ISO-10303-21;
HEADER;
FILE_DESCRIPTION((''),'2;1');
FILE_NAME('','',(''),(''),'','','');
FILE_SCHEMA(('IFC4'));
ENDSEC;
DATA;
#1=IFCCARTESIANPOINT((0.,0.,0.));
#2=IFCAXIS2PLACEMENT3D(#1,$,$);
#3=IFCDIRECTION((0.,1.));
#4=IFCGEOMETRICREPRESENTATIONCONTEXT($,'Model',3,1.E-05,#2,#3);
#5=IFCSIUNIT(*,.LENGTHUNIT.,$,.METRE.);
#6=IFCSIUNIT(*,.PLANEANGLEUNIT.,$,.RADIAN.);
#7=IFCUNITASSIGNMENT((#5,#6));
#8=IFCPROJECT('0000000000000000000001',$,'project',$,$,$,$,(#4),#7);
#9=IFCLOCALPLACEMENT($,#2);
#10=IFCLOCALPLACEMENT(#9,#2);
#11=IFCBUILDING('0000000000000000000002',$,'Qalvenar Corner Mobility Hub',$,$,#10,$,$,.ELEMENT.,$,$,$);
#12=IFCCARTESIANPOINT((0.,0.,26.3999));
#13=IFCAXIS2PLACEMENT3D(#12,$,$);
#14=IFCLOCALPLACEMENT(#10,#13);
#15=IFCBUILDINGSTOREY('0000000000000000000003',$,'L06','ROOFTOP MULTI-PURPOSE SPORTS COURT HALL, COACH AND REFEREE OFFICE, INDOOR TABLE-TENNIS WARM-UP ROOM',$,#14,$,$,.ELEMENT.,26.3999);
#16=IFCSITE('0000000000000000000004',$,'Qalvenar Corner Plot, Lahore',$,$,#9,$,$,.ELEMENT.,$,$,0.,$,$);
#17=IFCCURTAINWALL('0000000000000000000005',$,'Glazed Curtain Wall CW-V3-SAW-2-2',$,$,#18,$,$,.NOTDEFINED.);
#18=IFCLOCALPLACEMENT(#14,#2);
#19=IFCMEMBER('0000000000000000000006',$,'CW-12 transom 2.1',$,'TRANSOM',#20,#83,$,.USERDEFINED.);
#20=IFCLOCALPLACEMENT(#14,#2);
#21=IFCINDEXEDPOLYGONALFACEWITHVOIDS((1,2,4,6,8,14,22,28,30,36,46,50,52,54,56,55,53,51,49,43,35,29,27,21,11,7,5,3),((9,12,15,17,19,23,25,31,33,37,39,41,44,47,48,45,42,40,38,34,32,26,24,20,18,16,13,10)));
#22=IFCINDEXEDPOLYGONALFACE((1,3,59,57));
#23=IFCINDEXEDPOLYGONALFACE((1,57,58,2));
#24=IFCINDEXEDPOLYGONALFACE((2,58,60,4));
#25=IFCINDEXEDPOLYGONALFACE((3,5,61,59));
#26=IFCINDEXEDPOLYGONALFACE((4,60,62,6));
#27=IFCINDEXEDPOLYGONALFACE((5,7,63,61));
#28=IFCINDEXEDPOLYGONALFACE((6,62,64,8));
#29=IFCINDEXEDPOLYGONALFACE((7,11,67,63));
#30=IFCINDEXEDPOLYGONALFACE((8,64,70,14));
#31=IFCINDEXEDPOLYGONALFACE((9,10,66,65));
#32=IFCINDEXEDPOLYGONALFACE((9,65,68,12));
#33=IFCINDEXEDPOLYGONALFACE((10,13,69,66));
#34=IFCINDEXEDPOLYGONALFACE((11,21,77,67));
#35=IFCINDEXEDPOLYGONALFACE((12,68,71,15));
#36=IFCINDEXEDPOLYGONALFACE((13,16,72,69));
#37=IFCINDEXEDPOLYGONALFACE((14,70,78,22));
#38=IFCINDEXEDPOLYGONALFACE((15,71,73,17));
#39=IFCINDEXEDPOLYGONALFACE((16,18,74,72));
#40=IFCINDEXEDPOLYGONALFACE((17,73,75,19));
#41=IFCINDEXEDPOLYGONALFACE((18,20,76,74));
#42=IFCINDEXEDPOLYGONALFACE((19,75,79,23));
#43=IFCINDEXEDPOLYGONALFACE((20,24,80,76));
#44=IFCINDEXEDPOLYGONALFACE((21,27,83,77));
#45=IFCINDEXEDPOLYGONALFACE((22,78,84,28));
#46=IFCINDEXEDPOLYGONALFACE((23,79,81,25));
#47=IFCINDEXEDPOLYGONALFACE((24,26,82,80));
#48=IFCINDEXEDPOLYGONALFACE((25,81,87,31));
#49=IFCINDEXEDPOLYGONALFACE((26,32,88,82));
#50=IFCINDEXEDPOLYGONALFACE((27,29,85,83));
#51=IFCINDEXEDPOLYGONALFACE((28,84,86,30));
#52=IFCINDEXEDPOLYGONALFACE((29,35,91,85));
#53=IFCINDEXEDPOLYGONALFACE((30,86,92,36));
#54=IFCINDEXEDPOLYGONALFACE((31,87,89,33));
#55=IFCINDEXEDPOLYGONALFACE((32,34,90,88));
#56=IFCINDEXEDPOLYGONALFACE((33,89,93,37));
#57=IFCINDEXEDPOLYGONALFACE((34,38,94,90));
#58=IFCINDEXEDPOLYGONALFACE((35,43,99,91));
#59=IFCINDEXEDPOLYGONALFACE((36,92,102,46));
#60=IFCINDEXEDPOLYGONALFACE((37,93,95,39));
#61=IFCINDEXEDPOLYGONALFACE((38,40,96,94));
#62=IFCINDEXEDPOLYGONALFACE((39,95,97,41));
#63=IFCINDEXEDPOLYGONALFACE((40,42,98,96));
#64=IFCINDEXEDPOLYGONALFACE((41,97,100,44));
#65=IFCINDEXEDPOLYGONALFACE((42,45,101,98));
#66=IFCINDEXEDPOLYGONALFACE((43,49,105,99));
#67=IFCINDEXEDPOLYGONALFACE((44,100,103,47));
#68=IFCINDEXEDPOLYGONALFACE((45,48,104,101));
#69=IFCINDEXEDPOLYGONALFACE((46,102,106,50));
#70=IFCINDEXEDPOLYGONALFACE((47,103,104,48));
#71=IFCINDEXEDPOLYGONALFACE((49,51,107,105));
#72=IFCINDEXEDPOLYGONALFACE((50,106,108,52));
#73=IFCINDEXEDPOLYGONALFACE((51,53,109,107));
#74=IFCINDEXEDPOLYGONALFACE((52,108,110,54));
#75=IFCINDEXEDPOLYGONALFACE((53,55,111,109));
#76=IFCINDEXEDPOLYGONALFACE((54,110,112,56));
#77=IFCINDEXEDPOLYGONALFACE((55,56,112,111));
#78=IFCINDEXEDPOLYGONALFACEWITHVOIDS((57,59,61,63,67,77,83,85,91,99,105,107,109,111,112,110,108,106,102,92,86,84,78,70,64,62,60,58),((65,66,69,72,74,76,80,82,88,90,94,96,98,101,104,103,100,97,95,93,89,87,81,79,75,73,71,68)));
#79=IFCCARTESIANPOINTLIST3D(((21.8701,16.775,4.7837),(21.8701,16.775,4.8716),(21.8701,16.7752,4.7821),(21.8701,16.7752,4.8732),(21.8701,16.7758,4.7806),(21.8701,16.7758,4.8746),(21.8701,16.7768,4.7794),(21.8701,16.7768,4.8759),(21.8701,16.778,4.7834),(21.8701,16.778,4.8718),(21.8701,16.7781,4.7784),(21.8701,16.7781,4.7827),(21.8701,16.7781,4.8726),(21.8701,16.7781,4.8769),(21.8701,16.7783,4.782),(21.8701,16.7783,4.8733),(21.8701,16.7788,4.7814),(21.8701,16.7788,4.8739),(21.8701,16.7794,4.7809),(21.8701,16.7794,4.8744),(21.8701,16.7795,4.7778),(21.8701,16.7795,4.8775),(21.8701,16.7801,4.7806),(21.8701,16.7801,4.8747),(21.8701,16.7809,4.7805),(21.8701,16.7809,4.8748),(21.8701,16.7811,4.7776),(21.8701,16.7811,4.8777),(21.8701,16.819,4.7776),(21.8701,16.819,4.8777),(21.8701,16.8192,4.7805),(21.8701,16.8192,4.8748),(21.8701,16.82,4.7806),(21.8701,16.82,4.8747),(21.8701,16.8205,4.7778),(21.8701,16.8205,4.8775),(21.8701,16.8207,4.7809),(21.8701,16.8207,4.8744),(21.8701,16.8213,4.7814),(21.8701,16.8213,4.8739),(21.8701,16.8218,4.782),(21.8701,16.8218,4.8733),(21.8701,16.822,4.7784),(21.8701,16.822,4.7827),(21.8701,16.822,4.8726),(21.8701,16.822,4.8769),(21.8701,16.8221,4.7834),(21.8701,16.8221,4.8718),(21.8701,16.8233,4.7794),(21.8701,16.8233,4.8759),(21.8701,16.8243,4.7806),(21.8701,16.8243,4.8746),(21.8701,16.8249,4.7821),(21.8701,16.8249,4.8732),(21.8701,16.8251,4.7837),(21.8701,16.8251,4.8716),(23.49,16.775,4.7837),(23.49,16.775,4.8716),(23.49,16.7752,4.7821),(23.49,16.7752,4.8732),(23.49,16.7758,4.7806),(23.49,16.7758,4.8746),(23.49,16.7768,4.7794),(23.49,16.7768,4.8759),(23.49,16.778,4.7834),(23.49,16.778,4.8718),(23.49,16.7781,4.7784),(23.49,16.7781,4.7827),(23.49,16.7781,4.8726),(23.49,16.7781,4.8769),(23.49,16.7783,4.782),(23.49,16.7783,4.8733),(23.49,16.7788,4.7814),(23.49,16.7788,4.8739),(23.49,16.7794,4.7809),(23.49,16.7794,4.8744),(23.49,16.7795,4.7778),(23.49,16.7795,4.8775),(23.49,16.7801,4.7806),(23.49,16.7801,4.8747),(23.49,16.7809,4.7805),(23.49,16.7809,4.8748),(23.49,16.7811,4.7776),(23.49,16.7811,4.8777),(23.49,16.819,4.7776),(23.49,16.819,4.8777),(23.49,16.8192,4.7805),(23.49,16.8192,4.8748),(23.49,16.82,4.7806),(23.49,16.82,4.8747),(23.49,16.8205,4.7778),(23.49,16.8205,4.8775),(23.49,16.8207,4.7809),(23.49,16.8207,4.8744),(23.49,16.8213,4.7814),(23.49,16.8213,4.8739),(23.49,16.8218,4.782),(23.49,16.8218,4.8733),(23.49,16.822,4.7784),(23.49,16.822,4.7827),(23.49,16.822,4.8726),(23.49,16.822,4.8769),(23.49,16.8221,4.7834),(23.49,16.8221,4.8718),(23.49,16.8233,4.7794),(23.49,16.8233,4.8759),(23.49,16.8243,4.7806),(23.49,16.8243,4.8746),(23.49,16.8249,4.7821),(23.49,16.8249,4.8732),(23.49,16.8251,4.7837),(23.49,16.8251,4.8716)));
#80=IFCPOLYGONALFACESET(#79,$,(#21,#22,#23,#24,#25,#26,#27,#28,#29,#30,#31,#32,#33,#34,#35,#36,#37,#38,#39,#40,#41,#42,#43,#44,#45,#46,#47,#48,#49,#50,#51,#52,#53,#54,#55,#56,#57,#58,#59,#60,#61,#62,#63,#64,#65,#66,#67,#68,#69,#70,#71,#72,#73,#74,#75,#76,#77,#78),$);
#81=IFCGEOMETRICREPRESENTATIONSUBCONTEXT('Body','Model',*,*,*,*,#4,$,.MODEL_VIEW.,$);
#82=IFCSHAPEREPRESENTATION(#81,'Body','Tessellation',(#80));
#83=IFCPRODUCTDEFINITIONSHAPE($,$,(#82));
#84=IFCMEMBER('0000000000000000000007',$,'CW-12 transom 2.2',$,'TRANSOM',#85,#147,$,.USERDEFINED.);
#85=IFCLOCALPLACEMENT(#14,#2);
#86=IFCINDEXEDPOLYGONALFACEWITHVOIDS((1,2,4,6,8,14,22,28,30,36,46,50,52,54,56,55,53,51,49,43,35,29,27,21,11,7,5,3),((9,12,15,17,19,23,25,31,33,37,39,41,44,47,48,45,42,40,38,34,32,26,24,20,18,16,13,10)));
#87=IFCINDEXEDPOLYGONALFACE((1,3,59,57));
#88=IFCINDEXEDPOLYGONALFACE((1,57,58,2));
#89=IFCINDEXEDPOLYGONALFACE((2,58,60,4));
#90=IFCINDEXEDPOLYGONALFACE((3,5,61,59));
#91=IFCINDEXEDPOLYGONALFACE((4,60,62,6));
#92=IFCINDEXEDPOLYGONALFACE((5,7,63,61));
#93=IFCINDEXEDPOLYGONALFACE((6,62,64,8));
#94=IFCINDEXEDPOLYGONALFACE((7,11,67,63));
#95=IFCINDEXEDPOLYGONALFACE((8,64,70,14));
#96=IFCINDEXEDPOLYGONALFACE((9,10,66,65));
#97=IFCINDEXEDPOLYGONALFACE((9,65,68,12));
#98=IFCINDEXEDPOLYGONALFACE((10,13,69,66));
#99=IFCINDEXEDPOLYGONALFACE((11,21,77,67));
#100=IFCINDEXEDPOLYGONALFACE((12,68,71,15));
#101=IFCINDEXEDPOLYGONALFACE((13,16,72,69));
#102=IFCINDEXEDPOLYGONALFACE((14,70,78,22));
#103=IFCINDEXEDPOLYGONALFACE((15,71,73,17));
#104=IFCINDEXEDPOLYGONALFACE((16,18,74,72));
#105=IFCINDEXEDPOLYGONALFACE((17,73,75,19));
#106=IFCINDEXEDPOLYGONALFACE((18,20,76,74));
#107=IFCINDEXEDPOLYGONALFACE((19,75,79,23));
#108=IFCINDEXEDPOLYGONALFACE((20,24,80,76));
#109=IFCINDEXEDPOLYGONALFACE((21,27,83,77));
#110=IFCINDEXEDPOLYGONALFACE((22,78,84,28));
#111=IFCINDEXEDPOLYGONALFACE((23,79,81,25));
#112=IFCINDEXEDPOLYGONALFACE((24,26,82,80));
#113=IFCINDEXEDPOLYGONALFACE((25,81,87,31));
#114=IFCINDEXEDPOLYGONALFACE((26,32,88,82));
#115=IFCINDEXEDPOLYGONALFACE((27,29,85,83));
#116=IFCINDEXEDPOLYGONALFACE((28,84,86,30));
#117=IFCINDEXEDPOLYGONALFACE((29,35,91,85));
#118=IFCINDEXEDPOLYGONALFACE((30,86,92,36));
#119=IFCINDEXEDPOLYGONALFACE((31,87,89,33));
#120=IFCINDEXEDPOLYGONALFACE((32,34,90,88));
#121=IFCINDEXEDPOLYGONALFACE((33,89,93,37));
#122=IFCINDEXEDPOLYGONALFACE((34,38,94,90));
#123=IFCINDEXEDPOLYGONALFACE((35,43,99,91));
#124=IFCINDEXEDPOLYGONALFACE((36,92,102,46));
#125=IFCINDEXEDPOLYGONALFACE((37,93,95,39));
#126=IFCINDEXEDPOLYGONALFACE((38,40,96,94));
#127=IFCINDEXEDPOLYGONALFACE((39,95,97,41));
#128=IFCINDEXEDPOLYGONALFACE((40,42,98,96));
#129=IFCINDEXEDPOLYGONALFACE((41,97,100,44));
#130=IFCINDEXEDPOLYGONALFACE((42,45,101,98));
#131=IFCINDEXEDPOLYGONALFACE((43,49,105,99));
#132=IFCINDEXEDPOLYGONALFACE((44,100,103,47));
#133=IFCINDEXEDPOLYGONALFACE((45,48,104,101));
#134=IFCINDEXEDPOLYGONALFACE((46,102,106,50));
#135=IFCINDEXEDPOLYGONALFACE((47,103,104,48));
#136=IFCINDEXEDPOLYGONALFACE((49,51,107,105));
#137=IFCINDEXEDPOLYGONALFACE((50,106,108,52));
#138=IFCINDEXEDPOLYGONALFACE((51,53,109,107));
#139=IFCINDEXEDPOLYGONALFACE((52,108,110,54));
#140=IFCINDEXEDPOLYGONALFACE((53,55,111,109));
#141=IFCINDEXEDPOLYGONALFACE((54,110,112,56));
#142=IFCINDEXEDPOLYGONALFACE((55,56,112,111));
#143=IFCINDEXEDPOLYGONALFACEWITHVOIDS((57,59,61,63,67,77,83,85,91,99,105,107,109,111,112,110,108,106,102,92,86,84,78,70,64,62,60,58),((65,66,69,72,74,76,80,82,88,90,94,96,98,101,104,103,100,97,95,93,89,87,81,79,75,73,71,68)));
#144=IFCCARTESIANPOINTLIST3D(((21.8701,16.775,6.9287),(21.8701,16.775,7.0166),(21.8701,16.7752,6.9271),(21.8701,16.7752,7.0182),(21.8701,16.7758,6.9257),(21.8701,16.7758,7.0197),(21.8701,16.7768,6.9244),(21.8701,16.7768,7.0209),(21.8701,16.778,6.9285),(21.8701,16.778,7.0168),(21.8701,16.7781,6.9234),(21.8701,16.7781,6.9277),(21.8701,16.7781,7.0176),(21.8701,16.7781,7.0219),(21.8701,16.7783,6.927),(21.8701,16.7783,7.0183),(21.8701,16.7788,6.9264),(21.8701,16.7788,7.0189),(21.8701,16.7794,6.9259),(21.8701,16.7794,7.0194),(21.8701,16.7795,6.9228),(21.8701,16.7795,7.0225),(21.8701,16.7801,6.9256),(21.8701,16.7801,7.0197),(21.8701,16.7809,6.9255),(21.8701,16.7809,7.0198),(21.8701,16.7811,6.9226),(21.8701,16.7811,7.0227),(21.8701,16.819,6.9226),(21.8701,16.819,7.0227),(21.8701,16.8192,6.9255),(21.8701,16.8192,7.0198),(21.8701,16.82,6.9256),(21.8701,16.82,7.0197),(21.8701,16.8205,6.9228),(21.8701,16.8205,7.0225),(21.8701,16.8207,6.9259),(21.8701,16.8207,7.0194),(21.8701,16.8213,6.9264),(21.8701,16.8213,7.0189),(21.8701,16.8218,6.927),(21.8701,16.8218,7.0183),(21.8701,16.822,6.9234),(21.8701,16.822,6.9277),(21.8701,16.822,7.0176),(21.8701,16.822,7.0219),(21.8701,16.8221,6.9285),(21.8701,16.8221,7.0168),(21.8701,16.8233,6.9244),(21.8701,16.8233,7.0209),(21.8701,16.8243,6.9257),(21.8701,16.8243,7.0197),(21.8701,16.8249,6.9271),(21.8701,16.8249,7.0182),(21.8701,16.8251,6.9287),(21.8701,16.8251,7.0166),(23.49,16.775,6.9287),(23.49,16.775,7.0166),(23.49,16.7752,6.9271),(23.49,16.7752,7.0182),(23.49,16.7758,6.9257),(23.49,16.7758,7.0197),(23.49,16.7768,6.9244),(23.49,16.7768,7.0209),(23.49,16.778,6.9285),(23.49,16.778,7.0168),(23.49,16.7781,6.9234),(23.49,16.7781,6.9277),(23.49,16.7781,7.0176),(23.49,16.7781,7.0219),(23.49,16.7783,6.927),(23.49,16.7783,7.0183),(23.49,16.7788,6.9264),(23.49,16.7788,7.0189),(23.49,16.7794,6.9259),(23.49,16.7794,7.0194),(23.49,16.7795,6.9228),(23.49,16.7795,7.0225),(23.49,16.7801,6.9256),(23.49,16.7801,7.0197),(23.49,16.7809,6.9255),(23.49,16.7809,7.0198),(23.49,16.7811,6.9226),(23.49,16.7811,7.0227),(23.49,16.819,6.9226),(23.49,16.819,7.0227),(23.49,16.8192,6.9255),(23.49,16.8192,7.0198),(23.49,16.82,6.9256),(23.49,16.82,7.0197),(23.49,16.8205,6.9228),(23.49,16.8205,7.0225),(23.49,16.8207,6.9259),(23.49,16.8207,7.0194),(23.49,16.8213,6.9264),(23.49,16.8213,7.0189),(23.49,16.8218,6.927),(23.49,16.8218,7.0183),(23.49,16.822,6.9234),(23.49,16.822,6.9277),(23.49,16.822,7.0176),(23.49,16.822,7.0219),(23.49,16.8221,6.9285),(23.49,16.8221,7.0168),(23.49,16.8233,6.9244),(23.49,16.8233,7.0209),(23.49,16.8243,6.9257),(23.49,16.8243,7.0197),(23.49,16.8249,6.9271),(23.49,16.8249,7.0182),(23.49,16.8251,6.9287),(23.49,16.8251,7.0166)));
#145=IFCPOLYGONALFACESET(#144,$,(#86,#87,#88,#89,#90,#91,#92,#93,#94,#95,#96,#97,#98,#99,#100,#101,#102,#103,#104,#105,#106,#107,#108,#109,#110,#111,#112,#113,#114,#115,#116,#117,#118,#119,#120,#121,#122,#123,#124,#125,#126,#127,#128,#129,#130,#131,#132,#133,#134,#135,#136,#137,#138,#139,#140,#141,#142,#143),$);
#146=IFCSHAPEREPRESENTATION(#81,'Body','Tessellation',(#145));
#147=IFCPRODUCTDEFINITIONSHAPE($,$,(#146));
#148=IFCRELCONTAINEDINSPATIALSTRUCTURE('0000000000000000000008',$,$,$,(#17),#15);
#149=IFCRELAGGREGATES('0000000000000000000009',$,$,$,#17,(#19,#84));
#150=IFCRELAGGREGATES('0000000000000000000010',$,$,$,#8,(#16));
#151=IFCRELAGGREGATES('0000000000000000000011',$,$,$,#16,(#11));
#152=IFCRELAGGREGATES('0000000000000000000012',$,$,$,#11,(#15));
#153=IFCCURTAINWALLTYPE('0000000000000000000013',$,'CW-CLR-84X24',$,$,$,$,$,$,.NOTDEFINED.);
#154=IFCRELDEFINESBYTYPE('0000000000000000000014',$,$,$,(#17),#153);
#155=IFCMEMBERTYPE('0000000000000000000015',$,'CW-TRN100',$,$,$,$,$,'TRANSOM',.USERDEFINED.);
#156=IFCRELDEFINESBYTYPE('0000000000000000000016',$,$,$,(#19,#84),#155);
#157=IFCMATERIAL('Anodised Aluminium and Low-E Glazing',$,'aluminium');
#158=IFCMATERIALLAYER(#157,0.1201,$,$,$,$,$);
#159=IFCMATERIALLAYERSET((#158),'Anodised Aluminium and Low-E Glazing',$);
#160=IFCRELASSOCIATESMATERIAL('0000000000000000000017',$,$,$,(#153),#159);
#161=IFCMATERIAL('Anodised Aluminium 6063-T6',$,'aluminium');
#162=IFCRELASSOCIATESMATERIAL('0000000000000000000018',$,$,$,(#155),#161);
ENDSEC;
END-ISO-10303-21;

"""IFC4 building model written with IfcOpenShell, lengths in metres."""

from ifc_helpers import new_model, si_unit, direction, frame, origin, origin_2d, place, context, subcontext, project, spatial, hollow_rectangle, extrude, material, layer, layer_set, material_profile, profile_set, type_object, element, aggregate, save


model = new_model("IFC4")

# Units and contexts
model_context = context("Model", 3, precision=1e-05, world=origin(), true_north=direction((0.0, 1.0)))
body_context = subcontext(model_context, "Body", "Model", "MODEL_VIEW")
ifc_project = project(units=[si_unit("LENGTHUNIT", "METRE"), si_unit("PLANEANGLEUNIT", "RADIAN")], contexts=[model_context])

# Site, building, storey
site_placement = place(None, origin())
site = spatial("IfcSite", under=ifc_project, at=site_placement, Name="Qalvenar Corner Plot, Lahore", CompositionType="ELEMENT", RefElevation=0.0)
building_placement = place(site_placement, origin())
building = spatial("IfcBuilding", under=site, at=building_placement, Name="Qalvenar Corner Mobility Hub", CompositionType="ELEMENT")
storey_placement = place(building_placement, frame((0.0, 0.0, 26.3999)))
storey = spatial("IfcBuildingStorey", under=building, at=storey_placement, Name="L06", Description="ROOFTOP MULTI-PURPOSE SPORTS COURT HALL, COACH AND REFEREE OFFICE, INDOOR TABLE-TENNIS WARM-UP ROOM", CompositionType="ELEMENT", Elevation=26.3999)

# Curtain wall
ifc_material_1 = material(Name="Anodised Aluminium and Low-E Glazing", Category="aluminium")
ifc_layer_1 = layer(ifc_material_1, 0.1201)
ifc_layer_set_1 = layer_set([ifc_layer_1], Name="Anodised Aluminium and Low-E Glazing")
curtain_wall_type = type_object("IfcCurtainWallType", Name="CW-CLR-84X24", PredefinedType="NOTDEFINED", material=ifc_layer_set_1)
curtain_wall_1_placement = place(storey_placement, origin())
curtain_wall_1 = element("IfcCurtainWall", 1, at=curtain_wall_1_placement, inside=storey, type_object=curtain_wall_type, Name="Glazed Curtain Wall CW-V3-SAW-2-2", PredefinedType="NOTDEFINED")
ifc_material_2 = material(Name="Anodised Aluminium 6063-T6", Category="aluminium")

# Shared definitions
ifc_material_profile_1 = material_profile(ifc_material_2, hollow_rectangle(XDim=0.05, YDim=0.1001, WallThickness=0.0029, InnerFilletRadius=0.0029, OuterFilletRadius=0.0061, at=origin_2d()), Name="RHS100x50x3")
ifc_profile_set_1 = profile_set([ifc_material_profile_1], Name="Anodised Aluminium 6063-T6")
member_type_1 = type_object("IfcMemberType", Name="CW-TRN100", ElementType="TRANSOM", PredefinedType="USERDEFINED", material=ifc_profile_set_1)

# Members
member_1_placement = place(storey_placement, frame((23.49, 16.8, 4.8276), z_axis=(-1.0, 0.0, 0.0), x_axis=(0.0, -1.0, 0.0)))
member_1 = element("IfcMember", 2, at=member_1_placement, type_object=member_type_1, Name="CW-12 transom 2.1", ObjectType="TRANSOM", PredefinedType="USERDEFINED", context=body_context, shape_type="SweptSolid", body=[
    extrude(hollow_rectangle(XDim=0.05, YDim=0.1001, WallThickness=0.0029, InnerFilletRadius=0.0029, OuterFilletRadius=0.0061, at=origin_2d()), origin(), (0.0, 0.0, 1.0), 1.6199),
])
member_2_placement = place(storey_placement, frame((23.49, 16.8, 6.9727), z_axis=(-1.0, 0.0, 0.0), x_axis=(0.0, -1.0, 0.0)))
member_2 = element("IfcMember", 3, at=member_2_placement, type_object=member_type_1, Name="CW-12 transom 2.2", ObjectType="TRANSOM", PredefinedType="USERDEFINED", context=body_context, shape_type="SweptSolid", body=[
    extrude(hollow_rectangle(XDim=0.05, YDim=0.1001, WallThickness=0.0029, InnerFilletRadius=0.0029, OuterFilletRadius=0.0061, at=origin_2d()), origin(), (0.0, 0.0, 1.0), 1.6199),
])

aggregate(curtain_wall_1, [member_1, member_2])

save(model, "model.ifc")
